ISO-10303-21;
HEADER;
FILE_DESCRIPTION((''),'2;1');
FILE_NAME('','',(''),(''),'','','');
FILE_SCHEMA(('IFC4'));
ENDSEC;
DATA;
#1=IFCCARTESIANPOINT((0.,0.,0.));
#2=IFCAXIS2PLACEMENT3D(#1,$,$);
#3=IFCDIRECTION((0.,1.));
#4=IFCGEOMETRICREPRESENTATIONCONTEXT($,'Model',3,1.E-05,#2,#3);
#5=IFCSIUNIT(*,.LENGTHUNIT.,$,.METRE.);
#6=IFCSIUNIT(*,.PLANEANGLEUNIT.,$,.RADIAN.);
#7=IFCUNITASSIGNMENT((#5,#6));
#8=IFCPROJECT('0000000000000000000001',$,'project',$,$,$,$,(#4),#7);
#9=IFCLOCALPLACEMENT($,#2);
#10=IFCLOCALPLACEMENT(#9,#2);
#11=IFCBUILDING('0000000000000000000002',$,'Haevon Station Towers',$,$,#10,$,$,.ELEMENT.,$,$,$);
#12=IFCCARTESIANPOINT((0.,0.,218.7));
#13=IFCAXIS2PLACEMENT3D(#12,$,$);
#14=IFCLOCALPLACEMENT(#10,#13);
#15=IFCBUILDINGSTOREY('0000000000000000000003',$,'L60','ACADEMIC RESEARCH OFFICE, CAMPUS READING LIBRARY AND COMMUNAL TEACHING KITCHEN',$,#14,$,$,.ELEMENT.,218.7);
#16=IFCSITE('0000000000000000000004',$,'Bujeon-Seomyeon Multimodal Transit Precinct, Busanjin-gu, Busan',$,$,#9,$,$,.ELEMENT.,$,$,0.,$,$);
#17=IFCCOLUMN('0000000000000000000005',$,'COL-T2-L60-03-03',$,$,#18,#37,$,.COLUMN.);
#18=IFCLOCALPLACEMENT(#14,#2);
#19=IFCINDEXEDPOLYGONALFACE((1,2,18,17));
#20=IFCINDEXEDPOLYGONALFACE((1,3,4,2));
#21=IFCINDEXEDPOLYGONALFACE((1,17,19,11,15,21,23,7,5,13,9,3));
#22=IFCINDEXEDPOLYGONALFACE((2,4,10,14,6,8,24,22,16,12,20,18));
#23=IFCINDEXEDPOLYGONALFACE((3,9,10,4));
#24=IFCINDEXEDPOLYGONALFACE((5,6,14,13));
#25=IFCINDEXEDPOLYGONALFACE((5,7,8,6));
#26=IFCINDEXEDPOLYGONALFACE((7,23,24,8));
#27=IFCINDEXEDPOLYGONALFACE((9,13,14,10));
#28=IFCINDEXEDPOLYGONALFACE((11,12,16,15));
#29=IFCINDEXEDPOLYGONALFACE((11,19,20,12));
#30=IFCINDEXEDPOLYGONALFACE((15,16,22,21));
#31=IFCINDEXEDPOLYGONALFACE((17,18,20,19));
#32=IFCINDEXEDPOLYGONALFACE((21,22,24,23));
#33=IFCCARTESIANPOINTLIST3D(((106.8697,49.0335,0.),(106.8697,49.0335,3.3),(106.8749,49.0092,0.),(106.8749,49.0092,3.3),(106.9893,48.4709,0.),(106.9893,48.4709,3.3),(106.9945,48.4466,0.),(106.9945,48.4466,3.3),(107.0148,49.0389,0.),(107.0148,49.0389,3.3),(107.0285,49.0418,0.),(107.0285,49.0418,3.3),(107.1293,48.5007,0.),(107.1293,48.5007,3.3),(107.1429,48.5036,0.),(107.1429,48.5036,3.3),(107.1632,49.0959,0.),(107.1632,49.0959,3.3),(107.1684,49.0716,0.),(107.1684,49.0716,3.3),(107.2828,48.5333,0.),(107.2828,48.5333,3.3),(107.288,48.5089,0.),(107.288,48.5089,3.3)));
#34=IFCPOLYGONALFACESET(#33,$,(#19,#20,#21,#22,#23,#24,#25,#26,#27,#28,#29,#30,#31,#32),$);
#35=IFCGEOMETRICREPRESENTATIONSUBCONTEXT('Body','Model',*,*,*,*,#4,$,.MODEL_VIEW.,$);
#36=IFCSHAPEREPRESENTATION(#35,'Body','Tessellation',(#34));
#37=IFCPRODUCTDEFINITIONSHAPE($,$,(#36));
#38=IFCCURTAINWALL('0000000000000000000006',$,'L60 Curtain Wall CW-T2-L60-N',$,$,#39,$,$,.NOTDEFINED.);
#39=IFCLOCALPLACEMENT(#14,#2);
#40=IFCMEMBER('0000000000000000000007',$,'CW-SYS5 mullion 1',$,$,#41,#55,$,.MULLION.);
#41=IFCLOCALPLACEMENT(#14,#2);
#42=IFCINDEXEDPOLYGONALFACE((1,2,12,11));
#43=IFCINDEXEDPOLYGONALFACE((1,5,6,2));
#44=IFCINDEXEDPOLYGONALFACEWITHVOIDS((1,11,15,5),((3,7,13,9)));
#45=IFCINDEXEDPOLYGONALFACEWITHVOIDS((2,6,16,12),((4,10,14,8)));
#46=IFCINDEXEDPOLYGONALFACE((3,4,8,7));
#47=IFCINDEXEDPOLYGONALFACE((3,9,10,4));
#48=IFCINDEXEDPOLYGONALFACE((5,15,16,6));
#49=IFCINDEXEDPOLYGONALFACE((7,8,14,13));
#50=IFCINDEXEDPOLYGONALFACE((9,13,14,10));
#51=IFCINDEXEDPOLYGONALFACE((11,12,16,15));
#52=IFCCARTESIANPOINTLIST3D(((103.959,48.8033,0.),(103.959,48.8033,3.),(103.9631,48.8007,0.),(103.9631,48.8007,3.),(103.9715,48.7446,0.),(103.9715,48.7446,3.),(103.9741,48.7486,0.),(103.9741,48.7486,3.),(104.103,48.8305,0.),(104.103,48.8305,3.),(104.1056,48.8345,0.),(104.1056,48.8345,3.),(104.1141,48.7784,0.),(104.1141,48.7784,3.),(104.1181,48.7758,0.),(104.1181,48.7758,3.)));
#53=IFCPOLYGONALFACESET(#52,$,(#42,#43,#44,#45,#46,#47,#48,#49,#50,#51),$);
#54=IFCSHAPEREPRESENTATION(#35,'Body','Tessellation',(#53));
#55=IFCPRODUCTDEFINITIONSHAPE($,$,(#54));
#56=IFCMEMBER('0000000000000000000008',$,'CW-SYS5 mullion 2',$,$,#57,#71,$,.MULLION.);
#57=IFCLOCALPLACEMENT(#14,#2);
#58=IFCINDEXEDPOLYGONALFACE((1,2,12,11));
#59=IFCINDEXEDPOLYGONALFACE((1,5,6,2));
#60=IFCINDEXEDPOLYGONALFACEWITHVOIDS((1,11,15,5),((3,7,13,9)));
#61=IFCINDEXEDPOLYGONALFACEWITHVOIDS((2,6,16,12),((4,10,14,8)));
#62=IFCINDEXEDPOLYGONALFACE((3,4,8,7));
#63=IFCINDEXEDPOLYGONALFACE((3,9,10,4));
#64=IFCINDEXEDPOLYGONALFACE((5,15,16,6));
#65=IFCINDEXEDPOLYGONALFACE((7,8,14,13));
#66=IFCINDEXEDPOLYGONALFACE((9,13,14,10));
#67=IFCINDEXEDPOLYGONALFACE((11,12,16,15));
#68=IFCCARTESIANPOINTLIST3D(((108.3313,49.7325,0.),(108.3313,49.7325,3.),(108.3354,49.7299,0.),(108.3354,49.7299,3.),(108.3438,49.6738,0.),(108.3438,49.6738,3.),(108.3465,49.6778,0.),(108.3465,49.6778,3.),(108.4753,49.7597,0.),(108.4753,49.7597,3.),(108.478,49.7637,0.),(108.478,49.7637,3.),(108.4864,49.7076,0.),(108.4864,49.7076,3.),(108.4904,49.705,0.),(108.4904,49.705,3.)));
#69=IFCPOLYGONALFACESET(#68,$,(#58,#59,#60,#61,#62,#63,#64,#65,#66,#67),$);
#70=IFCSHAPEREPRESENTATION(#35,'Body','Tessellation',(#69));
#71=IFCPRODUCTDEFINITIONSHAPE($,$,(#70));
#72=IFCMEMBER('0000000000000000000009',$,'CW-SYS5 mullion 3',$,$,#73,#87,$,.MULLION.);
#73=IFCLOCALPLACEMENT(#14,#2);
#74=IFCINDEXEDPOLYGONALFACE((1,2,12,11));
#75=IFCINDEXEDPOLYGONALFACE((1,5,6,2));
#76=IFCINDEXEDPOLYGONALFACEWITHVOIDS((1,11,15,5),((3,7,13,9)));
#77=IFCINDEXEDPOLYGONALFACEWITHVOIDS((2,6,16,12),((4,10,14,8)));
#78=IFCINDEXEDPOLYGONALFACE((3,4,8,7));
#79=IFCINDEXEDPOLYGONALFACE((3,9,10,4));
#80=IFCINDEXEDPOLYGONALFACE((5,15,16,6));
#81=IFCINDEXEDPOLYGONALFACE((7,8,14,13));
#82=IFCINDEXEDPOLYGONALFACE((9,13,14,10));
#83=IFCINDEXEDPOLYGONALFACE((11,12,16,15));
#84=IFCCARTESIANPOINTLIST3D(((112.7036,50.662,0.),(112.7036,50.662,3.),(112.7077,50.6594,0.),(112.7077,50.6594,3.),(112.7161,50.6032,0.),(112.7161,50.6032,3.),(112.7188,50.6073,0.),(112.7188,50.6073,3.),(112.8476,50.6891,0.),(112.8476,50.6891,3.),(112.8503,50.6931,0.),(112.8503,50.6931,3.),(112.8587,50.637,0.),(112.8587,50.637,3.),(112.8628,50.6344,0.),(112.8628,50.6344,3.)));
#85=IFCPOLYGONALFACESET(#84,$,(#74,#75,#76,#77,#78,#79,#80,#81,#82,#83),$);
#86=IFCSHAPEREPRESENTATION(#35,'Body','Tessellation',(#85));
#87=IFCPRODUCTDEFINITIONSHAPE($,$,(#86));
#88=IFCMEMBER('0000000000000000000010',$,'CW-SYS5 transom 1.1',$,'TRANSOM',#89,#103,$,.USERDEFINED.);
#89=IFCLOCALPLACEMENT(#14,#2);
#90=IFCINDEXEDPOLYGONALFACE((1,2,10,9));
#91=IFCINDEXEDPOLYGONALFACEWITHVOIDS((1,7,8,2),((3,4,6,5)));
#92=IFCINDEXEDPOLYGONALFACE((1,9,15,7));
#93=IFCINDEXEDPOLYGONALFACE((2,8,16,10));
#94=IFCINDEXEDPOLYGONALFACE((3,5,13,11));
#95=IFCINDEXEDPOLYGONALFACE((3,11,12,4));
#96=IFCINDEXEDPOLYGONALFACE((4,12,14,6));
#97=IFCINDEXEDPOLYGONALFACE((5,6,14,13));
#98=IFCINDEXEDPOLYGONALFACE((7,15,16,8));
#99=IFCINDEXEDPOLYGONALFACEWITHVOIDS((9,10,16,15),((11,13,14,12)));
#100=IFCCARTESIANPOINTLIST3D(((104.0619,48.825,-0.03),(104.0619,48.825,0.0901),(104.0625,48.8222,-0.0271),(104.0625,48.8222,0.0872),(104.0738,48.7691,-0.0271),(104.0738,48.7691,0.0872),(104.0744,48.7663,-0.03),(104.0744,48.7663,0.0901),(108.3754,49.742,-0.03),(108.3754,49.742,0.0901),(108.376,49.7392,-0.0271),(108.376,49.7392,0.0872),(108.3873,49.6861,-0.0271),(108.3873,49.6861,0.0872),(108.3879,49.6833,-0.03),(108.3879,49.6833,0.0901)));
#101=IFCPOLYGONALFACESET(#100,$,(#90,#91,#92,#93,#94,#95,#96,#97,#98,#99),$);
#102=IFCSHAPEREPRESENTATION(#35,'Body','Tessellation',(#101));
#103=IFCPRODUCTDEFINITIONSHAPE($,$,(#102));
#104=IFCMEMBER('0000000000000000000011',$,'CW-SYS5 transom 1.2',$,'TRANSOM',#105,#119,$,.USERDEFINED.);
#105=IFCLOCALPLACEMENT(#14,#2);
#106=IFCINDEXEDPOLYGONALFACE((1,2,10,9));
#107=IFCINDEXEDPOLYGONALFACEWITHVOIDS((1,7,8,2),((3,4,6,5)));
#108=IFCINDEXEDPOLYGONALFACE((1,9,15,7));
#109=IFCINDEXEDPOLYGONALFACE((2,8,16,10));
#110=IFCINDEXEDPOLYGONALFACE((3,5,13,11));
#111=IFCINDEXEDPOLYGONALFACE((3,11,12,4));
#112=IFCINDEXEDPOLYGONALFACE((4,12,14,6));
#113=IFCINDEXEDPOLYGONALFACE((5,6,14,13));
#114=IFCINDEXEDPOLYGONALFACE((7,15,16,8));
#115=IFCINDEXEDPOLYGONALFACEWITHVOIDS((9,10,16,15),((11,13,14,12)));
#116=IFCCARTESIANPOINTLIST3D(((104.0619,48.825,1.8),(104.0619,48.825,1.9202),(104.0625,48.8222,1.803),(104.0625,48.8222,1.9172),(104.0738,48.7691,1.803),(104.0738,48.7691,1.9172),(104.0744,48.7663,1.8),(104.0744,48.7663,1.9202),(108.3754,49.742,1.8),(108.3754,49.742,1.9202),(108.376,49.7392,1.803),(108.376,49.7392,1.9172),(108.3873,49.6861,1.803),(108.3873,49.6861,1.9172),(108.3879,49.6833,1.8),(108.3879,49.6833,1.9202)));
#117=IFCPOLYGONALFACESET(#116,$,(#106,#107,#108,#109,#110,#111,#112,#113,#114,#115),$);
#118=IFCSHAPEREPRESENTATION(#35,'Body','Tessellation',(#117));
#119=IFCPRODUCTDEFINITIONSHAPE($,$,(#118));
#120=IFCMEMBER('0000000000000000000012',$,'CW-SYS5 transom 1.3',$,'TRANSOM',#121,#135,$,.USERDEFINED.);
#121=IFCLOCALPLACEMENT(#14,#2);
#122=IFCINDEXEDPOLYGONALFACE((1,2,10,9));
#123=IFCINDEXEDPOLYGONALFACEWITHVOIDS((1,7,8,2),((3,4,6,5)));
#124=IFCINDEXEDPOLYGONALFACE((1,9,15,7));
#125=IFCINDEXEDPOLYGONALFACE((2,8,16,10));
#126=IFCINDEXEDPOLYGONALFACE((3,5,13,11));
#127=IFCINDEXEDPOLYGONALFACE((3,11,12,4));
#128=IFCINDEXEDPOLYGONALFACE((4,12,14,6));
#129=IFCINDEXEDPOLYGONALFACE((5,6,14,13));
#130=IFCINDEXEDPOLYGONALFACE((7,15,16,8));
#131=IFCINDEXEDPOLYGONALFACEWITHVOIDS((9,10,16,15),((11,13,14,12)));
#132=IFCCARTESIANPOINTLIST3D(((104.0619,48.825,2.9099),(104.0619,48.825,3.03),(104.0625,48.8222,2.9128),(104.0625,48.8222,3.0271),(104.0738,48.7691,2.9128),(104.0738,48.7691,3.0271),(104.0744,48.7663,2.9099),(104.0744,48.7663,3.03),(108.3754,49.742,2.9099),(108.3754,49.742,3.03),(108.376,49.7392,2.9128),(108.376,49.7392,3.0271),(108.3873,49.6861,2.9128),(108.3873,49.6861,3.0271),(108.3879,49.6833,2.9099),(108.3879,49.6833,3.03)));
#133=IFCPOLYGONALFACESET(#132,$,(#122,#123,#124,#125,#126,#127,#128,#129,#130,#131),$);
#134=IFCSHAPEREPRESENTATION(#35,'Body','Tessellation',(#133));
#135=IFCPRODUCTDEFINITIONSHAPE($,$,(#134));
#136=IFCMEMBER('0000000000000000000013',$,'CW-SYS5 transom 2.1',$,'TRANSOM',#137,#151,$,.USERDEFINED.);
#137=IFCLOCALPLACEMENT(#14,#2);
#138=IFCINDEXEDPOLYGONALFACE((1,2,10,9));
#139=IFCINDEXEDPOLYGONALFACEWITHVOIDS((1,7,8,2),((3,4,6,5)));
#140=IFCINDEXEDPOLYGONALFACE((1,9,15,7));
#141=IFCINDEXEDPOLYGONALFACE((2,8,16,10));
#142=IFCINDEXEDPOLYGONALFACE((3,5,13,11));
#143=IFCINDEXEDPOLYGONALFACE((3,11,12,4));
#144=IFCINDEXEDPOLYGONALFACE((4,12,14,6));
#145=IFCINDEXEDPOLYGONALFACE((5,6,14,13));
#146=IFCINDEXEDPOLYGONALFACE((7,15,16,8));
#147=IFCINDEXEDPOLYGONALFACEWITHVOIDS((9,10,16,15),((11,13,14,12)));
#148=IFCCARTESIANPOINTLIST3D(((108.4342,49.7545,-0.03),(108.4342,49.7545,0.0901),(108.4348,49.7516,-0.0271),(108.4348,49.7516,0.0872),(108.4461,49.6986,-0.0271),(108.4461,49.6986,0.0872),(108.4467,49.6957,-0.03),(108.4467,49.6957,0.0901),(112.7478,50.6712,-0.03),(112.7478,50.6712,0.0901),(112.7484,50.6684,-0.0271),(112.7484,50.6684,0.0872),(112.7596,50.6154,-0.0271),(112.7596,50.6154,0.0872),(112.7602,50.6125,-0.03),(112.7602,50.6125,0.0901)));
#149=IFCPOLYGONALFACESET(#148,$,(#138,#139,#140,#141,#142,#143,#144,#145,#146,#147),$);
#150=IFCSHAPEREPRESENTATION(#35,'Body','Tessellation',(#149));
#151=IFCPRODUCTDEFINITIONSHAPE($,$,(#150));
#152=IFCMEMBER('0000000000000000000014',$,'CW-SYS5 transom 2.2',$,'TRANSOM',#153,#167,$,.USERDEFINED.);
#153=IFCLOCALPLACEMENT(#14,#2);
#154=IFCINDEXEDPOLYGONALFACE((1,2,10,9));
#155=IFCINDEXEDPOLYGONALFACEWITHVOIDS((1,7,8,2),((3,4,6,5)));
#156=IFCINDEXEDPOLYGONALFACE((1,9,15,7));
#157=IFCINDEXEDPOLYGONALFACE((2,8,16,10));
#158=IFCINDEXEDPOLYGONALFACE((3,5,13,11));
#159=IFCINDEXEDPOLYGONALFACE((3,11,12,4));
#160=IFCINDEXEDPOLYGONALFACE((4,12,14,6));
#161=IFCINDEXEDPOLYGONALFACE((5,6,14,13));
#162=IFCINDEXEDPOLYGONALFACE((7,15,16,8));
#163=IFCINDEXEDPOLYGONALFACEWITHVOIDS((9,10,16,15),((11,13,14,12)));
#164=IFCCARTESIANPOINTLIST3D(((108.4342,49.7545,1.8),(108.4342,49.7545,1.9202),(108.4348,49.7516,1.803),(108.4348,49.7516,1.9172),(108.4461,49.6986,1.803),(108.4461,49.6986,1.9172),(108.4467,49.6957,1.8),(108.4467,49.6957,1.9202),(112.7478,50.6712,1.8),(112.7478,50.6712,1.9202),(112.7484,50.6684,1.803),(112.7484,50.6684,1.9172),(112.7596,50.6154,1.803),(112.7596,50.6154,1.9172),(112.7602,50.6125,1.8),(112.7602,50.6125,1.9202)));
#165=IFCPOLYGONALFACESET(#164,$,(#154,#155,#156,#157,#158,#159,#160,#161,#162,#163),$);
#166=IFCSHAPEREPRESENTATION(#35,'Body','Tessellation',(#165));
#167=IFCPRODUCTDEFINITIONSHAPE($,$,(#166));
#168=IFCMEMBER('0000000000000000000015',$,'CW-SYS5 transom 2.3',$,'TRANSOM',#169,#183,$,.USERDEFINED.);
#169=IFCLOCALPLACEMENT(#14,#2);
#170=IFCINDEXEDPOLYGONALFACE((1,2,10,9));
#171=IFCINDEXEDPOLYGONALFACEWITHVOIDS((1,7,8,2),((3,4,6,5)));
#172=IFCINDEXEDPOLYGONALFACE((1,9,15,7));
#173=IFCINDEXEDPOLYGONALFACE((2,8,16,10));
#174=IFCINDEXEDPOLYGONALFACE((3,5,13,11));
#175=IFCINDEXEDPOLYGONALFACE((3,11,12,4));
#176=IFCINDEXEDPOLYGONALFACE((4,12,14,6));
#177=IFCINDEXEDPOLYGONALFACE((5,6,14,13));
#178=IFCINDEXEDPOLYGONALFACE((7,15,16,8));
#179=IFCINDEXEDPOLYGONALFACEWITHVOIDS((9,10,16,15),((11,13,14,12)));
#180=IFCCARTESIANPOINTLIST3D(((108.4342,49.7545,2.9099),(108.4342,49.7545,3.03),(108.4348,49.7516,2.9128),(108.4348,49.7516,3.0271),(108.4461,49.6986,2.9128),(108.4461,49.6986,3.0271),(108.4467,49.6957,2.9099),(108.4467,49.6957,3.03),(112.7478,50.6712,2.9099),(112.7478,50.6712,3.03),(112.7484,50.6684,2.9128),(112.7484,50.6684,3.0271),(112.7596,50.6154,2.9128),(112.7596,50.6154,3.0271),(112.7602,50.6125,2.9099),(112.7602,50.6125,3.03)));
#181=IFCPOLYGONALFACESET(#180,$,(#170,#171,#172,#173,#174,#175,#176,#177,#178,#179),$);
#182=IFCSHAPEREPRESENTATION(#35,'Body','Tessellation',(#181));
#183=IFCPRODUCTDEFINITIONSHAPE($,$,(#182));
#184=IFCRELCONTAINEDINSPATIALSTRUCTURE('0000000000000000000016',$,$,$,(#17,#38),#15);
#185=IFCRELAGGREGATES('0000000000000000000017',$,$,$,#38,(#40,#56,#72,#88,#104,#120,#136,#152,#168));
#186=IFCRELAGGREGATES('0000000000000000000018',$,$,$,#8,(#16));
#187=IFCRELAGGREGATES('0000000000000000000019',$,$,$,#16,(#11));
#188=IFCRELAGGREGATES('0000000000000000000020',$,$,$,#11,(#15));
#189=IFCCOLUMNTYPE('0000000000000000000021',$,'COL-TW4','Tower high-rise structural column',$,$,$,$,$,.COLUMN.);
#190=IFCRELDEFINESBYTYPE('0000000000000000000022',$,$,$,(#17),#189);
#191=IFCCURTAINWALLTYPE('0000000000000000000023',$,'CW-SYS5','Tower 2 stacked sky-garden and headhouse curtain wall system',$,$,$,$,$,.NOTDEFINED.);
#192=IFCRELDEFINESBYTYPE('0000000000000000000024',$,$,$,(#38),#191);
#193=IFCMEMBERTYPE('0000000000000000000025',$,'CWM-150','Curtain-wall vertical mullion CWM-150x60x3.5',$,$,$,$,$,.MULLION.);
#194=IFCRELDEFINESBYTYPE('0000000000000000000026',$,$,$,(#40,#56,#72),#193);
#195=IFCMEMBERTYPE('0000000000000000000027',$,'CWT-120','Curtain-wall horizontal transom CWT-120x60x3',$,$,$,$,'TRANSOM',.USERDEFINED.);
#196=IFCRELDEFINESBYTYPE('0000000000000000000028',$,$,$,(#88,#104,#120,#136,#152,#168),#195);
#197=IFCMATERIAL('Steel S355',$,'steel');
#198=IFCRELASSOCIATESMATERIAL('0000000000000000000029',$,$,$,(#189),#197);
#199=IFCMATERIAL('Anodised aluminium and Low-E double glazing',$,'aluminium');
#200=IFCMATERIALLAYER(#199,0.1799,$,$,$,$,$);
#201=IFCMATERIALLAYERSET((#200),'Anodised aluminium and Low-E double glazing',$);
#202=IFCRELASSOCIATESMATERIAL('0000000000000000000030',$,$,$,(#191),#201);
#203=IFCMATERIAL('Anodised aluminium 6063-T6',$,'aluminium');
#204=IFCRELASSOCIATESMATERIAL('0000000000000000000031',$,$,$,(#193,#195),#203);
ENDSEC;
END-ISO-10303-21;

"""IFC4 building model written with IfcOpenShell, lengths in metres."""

from ifc_helpers import new_model, si_unit, direction, frame, origin, origin_2d, place, context, subcontext, project, spatial, hollow_rectangle, i_section, extrude, material, layer, layer_set, material_profile, profile_set, type_object, element, aggregate, save


model = new_model("IFC4")

# Units and contexts
model_context = context("Model", 3, precision=1e-05, world=origin(), true_north=direction((0.0, 1.0)))
body_context = subcontext(model_context, "Body", "Model", "MODEL_VIEW")
ifc_project = project(units=[si_unit("LENGTHUNIT", "METRE"), si_unit("PLANEANGLEUNIT", "RADIAN")], contexts=[model_context])

# Site, building, storey
site_placement = place(None, origin())
site = spatial("IfcSite", under=ifc_project, at=site_placement, Name="Bujeon-Seomyeon Multimodal Transit Precinct, Busanjin-gu, Busan", CompositionType="ELEMENT", RefElevation=0.0)
building_placement = place(site_placement, origin())
building = spatial("IfcBuilding", under=site, at=building_placement, Name="Haevon Station Towers", CompositionType="ELEMENT")
storey_placement = place(building_placement, frame((0.0, 0.0, 218.7)))
storey = spatial("IfcBuildingStorey", under=building, at=storey_placement, Name="L60", Description="ACADEMIC RESEARCH OFFICE, CAMPUS READING LIBRARY AND COMMUNAL TEACHING KITCHEN", CompositionType="ELEMENT", Elevation=218.7)

# Column
ifc_material_1 = material(Name="Steel S355", Category="steel")
ifc_material_profile_1 = material_profile(ifc_material_1, i_section(OverallWidth=0.3, OverallDepth=0.6001, WebThickness=0.0139, FlangeThickness=0.0249, at=origin_2d()), Name="H-600x300x14x25")
ifc_profile_set_1 = profile_set([ifc_material_profile_1], Name="Steel S355")
column_type = type_object("IfcColumnType", Name="COL-TW4", Description="Tower high-rise structural column", PredefinedType="COLUMN", material=ifc_profile_set_1)
column_placement = place(storey_placement, frame((107.0789, 48.7712, 0.0), z_axis=(0.0, 0.0, 1.0), x_axis=(0.978148, 0.207912, 0.0)))
element("IfcColumn", 1, at=column_placement, inside=storey, type_object=column_type, Name="COL-T2-L60-03-03", PredefinedType="COLUMN", context=body_context, shape_type="SweptSolid", body=[
    extrude(i_section(OverallWidth=0.3, OverallDepth=0.6001, WebThickness=0.0139, FlangeThickness=0.0249, at=origin_2d()), origin(), (0.0, 0.0, 1.0), 3.3),
])

# Curtain wall, members
ifc_material_2 = material(Name="Anodised aluminium and Low-E double glazing", Category="aluminium")
ifc_layer_1 = layer(ifc_material_2, 0.1799)
ifc_layer_set_1 = layer_set([ifc_layer_1], Name="Anodised aluminium and Low-E double glazing")
curtain_wall_type = type_object("IfcCurtainWallType", Name="CW-SYS5", Description="Tower 2 stacked sky-garden and headhouse curtain wall system", PredefinedType="NOTDEFINED", material=ifc_layer_set_1)
curtain_wall_placement = place(storey_placement, origin())
curtain_wall = element("IfcCurtainWall", 2, at=curtain_wall_placement, inside=storey, type_object=curtain_wall_type, Name="L60 Curtain Wall CW-T2-L60-N", PredefinedType="NOTDEFINED")
ifc_material_3 = material(Name="Anodised aluminium 6063-T6", Category="aluminium")
ifc_material_profile_2 = material_profile(ifc_material_3, hollow_rectangle(XDim=0.0601, YDim=0.1499, WallThickness=0.0034, at=origin_2d()), Name="CWM-150x60x3.5")
ifc_profile_set_2 = profile_set([ifc_material_profile_2], Name="Anodised aluminium 6063-T6")
member_type_1 = type_object("IfcMemberType", Name="CWM-150", Description="Curtain-wall vertical mullion CWM-150x60x3.5", PredefinedType="MULLION", material=ifc_profile_set_2)
member_1_placement = place(storey_placement, frame((104.0386, 48.7896, 0.0), z_axis=(0.0, 0.0, 1.0), x_axis=(-0.207912, 0.978148, 0.0)))
member_1 = element("IfcMember", 3, at=member_1_placement, type_object=member_type_1, Name="CW-SYS5 mullion 1", PredefinedType="MULLION", context=body_context, shape_type="SweptSolid", body=[
    extrude(hollow_rectangle(XDim=0.0601, YDim=0.1499, WallThickness=0.0034, at=origin_2d()), origin(), (0.0, 0.0, 1.0), 3.0),
])
member_2_placement = place(storey_placement, frame((108.4109, 49.7188, 0.0), z_axis=(0.0, 0.0, 1.0), x_axis=(-0.207912, 0.978148, 0.0)))
member_2 = element("IfcMember", 4, at=member_2_placement, type_object=member_type_1, Name="CW-SYS5 mullion 2", PredefinedType="MULLION", context=body_context, shape_type="SweptSolid", body=[
    extrude(hollow_rectangle(XDim=0.0601, YDim=0.1499, WallThickness=0.0034, at=origin_2d()), origin(), (0.0, 0.0, 1.0), 3.0),
])
member_3_placement = place(storey_placement, frame((112.7832, 50.6482, 0.0), z_axis=(0.0, 0.0, 1.0), x_axis=(-0.207912, 0.978148, 0.0)))
member_3 = element("IfcMember", 5, at=member_3_placement, type_object=member_type_1, Name="CW-SYS5 mullion 3", PredefinedType="MULLION", context=body_context, shape_type="SweptSolid", body=[
    extrude(hollow_rectangle(XDim=0.0601, YDim=0.1499, WallThickness=0.0034, at=origin_2d()), origin(), (0.0, 0.0, 1.0), 3.0),
])
ifc_material_profile_3 = material_profile(ifc_material_3, hollow_rectangle(XDim=0.0601, YDim=0.1201, WallThickness=0.0029, at=origin_2d()), Name="CWT-120x60x3")
ifc_profile_set_3 = profile_set([ifc_material_profile_3], Name="Anodised aluminium 6063-T6")
member_type_2 = type_object("IfcMemberType", Name="CWT-120", Description="Curtain-wall horizontal transom CWT-120x60x3", ElementType="TRANSOM", PredefinedType="USERDEFINED", material=ifc_profile_set_3)
member_4_placement = place(storey_placement, frame((104.0681, 48.7957, 0.03), z_axis=(0.978141, 0.207941, 0.0), x_axis=(-0.207941, 0.978141, 0.0)))
member_4 = element("IfcMember", 6, at=member_4_placement, type_object=member_type_2, Name="CW-SYS5 transom 1.1", ObjectType="TRANSOM", PredefinedType="USERDEFINED", context=body_context, shape_type="SweptSolid", body=[
    extrude(hollow_rectangle(XDim=0.0601, YDim=0.1201, WallThickness=0.0029, at=origin_2d()), origin(), (0.0, 0.0, 1.0), 4.4099),
])
member_5_placement = place(storey_placement, frame((104.0681, 48.7957, 1.8601), z_axis=(0.978141, 0.207941, 0.0), x_axis=(-0.207941, 0.978141, 0.0)))
member_5 = element("IfcMember", 7, at=member_5_placement, type_object=member_type_2, Name="CW-SYS5 transom 1.2", ObjectType="TRANSOM", PredefinedType="USERDEFINED", context=body_context, shape_type="SweptSolid", body=[
    extrude(hollow_rectangle(XDim=0.0601, YDim=0.1201, WallThickness=0.0029, at=origin_2d()), origin(), (0.0, 0.0, 1.0), 4.4099),
])
member_6_placement = place(storey_placement, frame((104.0681, 48.7957, 2.97), z_axis=(0.978141, 0.207941, 0.0), x_axis=(-0.207941, 0.978141, 0.0)))
member_6 = element("IfcMember", 8, at=member_6_placement, type_object=member_type_2, Name="CW-SYS5 transom 1.3", ObjectType="TRANSOM", PredefinedType="USERDEFINED", context=body_context, shape_type="SweptSolid", body=[
    extrude(hollow_rectangle(XDim=0.0601, YDim=0.1201, WallThickness=0.0029, at=origin_2d()), origin(), (0.0, 0.0, 1.0), 4.4099),
])
member_7_placement = place(storey_placement, frame((108.4404, 49.7251, 0.03), z_axis=(0.978153, 0.207888, 0.0), x_axis=(-0.207888, 0.978153, 0.0)))
member_7 = element("IfcMember", 9, at=member_7_placement, type_object=member_type_2, Name="CW-SYS5 transom 2.1", ObjectType="TRANSOM", PredefinedType="USERDEFINED", context=body_context, shape_type="SweptSolid", body=[
    extrude(hollow_rectangle(XDim=0.0601, YDim=0.1201, WallThickness=0.0029, at=origin_2d()), origin(), (0.0, 0.0, 1.0), 4.4099),
])
member_8_placement = place(storey_placement, frame((108.4404, 49.7251, 1.8601), z_axis=(0.978153, 0.207888, 0.0), x_axis=(-0.207888, 0.978153, 0.0)))
member_8 = element("IfcMember", 10, at=member_8_placement, type_object=member_type_2, Name="CW-SYS5 transom 2.2", ObjectType="TRANSOM", PredefinedType="USERDEFINED", context=body_context, shape_type="SweptSolid", body=[
    extrude(hollow_rectangle(XDim=0.0601, YDim=0.1201, WallThickness=0.0029, at=origin_2d()), origin(), (0.0, 0.0, 1.0), 4.4099),
])
member_9_placement = place(storey_placement, frame((108.4404, 49.7251, 2.97), z_axis=(0.978153, 0.207888, 0.0), x_axis=(-0.207888, 0.978153, 0.0)))
member_9 = element("IfcMember", 11, at=member_9_placement, type_object=member_type_2, Name="CW-SYS5 transom 2.3", ObjectType="TRANSOM", PredefinedType="USERDEFINED", context=body_context, shape_type="SweptSolid", body=[
    extrude(hollow_rectangle(XDim=0.0601, YDim=0.1201, WallThickness=0.0029, at=origin_2d()), origin(), (0.0, 0.0, 1.0), 4.4099),
])
aggregate(curtain_wall, [member_1, member_2, member_3, member_4, member_5, member_6, member_7, member_8, member_9])

save(model, "model.ifc")
